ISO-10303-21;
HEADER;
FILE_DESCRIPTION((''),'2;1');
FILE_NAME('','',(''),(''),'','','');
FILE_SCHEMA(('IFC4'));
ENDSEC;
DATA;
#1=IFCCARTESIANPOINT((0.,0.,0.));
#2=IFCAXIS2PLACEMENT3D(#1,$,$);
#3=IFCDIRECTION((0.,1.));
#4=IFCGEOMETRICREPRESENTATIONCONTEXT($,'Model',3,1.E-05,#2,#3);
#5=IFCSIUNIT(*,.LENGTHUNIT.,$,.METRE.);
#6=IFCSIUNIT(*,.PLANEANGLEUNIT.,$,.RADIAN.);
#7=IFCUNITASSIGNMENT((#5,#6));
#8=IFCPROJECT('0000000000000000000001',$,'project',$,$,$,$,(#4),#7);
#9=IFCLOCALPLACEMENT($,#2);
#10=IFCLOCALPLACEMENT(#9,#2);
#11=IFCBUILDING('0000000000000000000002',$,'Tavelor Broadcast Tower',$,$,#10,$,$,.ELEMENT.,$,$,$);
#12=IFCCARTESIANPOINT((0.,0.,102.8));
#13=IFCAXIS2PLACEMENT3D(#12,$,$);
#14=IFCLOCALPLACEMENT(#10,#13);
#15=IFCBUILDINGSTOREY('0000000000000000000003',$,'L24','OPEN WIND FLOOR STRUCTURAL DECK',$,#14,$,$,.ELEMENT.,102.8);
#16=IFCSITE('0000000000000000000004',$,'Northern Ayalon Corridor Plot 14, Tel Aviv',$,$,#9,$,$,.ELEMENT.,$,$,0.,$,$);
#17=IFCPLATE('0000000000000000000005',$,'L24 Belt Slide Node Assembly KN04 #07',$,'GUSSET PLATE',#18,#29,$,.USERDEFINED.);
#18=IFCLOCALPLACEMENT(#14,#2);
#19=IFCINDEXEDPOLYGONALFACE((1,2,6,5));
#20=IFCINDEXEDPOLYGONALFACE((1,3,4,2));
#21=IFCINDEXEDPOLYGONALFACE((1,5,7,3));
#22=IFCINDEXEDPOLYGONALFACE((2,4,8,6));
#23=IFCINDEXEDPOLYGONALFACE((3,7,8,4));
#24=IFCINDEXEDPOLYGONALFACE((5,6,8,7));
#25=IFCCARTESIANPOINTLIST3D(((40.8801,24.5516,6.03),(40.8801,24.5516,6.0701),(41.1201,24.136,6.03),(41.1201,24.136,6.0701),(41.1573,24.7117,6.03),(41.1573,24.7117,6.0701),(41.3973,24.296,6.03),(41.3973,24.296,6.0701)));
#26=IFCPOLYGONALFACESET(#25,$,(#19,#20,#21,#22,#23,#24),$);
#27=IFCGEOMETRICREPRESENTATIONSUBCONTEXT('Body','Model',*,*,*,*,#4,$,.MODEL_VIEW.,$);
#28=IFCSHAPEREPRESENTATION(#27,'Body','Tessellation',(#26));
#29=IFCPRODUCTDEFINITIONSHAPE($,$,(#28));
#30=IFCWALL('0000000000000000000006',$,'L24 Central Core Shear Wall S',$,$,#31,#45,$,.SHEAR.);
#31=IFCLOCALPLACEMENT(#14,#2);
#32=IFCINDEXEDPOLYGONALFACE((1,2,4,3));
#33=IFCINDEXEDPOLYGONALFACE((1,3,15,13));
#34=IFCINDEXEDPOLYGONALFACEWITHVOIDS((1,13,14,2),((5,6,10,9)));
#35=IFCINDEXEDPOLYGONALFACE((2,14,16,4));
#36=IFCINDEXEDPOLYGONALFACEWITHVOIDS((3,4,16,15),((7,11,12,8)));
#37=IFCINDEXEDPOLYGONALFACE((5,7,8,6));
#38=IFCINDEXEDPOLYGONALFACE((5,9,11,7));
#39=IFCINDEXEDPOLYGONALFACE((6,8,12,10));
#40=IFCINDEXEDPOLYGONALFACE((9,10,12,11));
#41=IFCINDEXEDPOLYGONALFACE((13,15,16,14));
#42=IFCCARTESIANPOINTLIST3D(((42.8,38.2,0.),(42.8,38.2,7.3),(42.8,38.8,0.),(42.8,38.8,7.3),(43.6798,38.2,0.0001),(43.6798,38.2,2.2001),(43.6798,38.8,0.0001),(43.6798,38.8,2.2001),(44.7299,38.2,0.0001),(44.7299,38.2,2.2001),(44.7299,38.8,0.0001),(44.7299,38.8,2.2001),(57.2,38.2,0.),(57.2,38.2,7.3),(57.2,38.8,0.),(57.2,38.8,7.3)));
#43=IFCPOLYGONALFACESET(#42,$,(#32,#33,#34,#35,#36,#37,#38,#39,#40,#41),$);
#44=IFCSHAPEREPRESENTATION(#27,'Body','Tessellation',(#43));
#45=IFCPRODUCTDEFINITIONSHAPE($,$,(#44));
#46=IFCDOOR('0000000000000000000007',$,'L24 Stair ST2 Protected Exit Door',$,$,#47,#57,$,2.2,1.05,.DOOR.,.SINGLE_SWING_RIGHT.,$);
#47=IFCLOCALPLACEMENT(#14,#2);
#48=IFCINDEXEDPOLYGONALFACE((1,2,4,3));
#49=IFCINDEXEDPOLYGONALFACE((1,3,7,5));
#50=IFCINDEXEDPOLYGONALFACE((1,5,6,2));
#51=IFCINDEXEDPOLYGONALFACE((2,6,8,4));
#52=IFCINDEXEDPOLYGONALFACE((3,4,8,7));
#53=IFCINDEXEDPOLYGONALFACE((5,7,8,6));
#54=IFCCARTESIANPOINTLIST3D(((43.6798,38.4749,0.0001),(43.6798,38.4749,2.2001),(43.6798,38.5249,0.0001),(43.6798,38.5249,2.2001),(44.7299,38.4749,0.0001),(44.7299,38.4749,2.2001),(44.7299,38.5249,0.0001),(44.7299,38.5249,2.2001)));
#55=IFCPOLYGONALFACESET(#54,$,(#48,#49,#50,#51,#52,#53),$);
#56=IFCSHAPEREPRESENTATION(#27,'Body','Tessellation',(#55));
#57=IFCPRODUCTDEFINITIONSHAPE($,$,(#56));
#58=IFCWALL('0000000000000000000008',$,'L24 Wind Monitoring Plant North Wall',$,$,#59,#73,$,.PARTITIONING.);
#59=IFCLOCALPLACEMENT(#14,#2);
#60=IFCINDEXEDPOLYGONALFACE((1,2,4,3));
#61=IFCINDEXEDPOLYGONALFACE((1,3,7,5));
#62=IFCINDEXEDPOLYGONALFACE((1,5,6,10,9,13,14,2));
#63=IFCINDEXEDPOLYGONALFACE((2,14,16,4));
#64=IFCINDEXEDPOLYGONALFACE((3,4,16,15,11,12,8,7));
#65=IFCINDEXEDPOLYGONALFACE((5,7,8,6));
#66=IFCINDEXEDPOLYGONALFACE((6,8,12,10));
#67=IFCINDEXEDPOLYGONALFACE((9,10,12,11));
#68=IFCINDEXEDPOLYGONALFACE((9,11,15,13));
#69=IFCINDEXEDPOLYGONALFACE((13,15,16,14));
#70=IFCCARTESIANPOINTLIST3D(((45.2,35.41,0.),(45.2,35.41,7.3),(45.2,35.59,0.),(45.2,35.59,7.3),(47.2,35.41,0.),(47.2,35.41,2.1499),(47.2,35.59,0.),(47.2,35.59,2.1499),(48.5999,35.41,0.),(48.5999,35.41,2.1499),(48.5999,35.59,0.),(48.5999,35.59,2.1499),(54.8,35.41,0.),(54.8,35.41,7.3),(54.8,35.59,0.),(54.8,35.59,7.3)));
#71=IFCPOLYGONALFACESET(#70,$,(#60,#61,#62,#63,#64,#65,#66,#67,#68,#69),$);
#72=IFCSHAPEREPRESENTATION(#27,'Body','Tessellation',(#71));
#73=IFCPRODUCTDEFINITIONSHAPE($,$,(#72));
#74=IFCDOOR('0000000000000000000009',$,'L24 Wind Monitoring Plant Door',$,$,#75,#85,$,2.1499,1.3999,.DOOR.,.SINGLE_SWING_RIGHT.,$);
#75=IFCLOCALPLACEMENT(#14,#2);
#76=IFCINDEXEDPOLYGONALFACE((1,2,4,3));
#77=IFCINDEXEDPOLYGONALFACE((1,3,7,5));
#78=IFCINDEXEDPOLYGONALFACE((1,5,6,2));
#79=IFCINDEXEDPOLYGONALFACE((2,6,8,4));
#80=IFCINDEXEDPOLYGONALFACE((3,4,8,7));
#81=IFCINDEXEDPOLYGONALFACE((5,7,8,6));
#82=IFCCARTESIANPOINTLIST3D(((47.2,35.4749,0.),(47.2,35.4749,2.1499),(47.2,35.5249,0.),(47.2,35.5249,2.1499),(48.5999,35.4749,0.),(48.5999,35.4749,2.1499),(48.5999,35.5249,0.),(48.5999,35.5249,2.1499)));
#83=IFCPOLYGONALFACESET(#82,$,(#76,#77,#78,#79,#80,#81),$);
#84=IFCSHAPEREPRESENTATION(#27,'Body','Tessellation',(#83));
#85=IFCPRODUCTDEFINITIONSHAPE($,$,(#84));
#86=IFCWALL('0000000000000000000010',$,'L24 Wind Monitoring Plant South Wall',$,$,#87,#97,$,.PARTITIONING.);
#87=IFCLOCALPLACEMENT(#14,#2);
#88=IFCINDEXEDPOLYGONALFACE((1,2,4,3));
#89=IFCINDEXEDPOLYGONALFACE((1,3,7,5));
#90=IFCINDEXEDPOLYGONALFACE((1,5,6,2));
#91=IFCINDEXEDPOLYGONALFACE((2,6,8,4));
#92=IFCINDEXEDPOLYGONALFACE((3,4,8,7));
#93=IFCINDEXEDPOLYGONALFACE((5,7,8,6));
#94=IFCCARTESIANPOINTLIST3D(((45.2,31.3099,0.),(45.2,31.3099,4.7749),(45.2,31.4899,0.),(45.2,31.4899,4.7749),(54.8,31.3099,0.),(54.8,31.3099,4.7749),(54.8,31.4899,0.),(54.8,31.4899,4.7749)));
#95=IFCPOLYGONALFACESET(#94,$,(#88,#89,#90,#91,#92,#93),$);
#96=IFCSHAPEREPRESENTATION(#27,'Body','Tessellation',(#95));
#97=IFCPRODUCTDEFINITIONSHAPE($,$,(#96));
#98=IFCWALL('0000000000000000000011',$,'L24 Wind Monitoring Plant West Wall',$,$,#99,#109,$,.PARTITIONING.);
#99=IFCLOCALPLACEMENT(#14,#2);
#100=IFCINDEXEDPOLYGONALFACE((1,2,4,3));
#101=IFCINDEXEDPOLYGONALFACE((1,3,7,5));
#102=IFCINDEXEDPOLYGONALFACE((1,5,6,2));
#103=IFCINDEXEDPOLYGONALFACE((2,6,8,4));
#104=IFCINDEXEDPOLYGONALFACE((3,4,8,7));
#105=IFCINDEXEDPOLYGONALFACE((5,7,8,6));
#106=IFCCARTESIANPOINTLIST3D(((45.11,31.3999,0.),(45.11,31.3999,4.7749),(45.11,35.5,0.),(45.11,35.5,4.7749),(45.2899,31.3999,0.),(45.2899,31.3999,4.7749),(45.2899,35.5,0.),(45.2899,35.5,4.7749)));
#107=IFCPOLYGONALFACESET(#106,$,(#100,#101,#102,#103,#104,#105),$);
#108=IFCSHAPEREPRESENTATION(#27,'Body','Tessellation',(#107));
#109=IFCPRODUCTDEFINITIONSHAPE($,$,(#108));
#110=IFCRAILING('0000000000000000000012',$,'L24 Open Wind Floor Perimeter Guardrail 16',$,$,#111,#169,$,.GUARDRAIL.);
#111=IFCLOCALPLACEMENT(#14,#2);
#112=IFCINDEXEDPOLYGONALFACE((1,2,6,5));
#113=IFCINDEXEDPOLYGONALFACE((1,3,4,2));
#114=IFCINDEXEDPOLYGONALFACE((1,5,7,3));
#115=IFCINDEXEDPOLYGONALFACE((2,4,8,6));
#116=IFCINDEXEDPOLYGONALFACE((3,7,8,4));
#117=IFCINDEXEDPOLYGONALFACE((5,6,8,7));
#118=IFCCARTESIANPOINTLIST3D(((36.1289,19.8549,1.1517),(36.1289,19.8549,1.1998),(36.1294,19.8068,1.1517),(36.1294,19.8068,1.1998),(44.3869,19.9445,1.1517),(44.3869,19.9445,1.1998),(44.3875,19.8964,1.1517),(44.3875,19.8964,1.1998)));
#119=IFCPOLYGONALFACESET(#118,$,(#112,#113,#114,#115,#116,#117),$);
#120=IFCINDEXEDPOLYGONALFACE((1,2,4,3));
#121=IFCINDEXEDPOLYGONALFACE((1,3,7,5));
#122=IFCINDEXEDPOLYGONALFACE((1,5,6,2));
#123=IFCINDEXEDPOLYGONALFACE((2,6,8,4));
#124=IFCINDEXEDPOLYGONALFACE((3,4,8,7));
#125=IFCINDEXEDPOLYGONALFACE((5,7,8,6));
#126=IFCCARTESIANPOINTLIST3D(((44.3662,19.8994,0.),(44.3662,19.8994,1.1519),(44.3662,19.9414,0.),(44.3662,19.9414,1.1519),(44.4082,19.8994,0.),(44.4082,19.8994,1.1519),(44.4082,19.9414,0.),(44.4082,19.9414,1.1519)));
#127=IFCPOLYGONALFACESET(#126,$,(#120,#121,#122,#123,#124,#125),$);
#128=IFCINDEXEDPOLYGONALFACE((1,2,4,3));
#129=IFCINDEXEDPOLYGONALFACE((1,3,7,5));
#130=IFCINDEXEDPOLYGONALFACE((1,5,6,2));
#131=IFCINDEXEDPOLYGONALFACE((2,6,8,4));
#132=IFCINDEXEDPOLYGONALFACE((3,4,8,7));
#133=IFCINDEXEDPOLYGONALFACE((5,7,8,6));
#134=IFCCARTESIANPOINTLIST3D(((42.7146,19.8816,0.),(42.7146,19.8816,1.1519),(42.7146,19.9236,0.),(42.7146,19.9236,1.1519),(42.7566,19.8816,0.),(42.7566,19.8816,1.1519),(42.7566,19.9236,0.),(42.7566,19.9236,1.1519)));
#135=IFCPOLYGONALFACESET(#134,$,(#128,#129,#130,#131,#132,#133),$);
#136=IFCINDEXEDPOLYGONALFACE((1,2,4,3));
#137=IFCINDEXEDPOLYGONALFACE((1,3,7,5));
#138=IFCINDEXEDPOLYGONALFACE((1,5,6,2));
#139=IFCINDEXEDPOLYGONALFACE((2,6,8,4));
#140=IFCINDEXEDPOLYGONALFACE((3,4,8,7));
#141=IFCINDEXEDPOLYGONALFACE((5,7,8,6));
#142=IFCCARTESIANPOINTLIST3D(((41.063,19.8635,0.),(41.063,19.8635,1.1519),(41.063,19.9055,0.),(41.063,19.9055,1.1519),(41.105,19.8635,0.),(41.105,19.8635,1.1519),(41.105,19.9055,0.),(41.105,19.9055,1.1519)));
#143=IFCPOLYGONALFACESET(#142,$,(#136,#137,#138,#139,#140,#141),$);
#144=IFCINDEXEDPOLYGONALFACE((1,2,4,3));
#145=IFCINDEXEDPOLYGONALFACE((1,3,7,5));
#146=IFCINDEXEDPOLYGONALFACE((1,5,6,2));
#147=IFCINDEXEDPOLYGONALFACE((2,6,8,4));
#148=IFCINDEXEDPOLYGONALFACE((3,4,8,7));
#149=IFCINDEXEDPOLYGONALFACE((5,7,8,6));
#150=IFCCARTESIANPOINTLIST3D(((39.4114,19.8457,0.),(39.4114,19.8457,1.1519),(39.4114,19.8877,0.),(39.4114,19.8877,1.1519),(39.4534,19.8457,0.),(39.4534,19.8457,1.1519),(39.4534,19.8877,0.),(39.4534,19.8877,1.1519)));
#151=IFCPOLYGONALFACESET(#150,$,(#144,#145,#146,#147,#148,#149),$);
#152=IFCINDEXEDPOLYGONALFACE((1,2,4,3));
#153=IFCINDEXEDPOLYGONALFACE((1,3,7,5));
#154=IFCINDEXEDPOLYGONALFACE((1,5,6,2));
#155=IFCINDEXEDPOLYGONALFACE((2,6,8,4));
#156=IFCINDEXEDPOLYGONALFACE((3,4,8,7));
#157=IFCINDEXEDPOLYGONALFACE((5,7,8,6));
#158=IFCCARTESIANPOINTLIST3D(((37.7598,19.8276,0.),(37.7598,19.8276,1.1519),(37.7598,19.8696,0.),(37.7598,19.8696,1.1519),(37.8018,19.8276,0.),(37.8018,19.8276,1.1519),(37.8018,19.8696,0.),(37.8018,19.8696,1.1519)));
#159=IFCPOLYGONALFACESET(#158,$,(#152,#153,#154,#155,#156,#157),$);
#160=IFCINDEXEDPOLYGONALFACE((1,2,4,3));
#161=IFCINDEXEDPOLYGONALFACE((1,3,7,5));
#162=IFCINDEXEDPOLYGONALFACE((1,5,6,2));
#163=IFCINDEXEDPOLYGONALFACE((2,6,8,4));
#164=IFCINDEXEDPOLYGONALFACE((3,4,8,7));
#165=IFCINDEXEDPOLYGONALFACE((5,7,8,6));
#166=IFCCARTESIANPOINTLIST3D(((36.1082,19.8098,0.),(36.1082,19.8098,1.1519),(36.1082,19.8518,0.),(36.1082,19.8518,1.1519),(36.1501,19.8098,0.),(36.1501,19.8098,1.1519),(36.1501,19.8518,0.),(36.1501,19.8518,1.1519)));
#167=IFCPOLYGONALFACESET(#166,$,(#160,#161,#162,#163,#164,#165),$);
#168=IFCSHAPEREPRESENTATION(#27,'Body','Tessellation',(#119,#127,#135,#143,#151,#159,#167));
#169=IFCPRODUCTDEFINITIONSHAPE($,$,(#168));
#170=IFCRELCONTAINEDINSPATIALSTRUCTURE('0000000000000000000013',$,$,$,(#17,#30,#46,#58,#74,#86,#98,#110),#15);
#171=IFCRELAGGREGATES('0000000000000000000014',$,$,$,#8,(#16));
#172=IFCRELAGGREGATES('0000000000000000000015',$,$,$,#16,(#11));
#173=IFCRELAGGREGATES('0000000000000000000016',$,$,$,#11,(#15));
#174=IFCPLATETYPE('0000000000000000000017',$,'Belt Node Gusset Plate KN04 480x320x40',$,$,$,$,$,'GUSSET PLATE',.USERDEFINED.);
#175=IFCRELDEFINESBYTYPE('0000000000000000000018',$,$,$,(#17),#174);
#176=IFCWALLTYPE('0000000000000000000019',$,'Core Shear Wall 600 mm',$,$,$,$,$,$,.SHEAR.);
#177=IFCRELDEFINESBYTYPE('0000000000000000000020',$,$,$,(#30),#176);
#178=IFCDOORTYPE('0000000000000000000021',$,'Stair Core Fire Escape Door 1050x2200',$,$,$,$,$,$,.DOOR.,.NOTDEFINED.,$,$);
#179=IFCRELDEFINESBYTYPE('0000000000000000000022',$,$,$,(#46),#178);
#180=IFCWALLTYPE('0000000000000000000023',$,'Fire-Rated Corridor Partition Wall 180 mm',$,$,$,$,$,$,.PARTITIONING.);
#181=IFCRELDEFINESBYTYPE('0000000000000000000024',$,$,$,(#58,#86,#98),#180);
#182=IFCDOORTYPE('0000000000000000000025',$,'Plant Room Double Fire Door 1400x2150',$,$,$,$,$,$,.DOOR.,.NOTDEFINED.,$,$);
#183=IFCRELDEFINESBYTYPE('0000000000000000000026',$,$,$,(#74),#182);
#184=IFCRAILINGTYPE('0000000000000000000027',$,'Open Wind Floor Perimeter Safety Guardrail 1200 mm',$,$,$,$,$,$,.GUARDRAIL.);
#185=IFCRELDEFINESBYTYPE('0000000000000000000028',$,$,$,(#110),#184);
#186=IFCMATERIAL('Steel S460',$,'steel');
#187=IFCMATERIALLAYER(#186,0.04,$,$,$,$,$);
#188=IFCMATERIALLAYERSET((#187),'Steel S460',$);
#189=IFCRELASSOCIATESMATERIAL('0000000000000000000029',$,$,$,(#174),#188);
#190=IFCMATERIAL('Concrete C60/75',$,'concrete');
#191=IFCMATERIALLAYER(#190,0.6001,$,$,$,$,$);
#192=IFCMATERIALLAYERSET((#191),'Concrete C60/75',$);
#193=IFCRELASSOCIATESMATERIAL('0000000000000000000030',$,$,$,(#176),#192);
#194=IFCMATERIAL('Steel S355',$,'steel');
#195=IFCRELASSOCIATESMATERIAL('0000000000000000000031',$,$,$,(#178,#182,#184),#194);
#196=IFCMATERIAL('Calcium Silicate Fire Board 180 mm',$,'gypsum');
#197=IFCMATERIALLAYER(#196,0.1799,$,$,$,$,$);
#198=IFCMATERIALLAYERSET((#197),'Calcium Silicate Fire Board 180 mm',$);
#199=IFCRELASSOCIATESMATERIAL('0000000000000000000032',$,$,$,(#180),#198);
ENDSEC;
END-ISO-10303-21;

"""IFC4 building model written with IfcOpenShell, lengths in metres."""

from ifc_helpers import new_model, si_unit, direction, frame, frame_2d, origin, origin_2d, place, context, subcontext, project, spatial, rectangle, extrude, source, transform, mapped, material, layer, layer_set, type_object, type_shapes, element, fill, save


model = new_model("IFC4")

# Units and contexts
model_context = context("Model", 3, precision=1e-05, world=origin(), true_north=direction((0.0, 1.0)))
body_context = subcontext(model_context, "Body", "Model", "MODEL_VIEW")
ifc_project = project(units=[si_unit("LENGTHUNIT", "METRE"), si_unit("PLANEANGLEUNIT", "RADIAN")], contexts=[model_context])

# Site, building, storey
site_placement = place(None, origin())
site = spatial("IfcSite", under=ifc_project, at=site_placement, Name="Northern Ayalon Corridor Plot 14, Tel Aviv", CompositionType="ELEMENT", RefElevation=0.0)
building_placement = place(site_placement, origin())
building = spatial("IfcBuilding", under=site, at=building_placement, Name="Tavelor Broadcast Tower", CompositionType="ELEMENT")
storey_placement = place(building_placement, frame((0.0, 0.0, 102.8)))
storey = spatial("IfcBuildingStorey", under=building, at=storey_placement, Name="L24", Description="OPEN WIND FLOOR STRUCTURAL DECK", CompositionType="ELEMENT", Elevation=102.8)

# Shared definitions
ifc_material_1 = material(Name="Steel S460", Category="steel")

# Plate
ifc_layer_1 = layer(ifc_material_1, 0.04)
ifc_layer_set_1 = layer_set([ifc_layer_1], Name="Steel S460")
plate_type_1 = type_object("IfcPlateType", Name="Belt Node Gusset Plate KN04 480x320x40", ElementType="GUSSET PLATE", PredefinedType="USERDEFINED", material=ifc_layer_set_1)
shared_shape_1 = source(origin(), body_context, "Body", "SweptSolid", [
    extrude(rectangle(XDim=0.48, YDim=0.3201, at=origin_2d()), origin(), (0.0, 0.0, 1.0), 0.04),
])
type_shapes(plate_type_1, [shared_shape_1])
plate_placement = place(storey_placement, frame((41.1387, 24.4238, 6.03), z_axis=(0.0, 0.0, 1.0), x_axis=(-0.5, 0.866025, 0.0)))
element("IfcPlate", 1, at=plate_placement, inside=storey, type_object=plate_type_1, Name="L24 Belt Slide Node Assembly KN04 #07", ObjectType="GUSSET PLATE", PredefinedType="USERDEFINED", context=body_context, shape_type="MappedRepresentation", body=[
    mapped(shared_shape_1, transform((0.0, 0.0, 0.0), scale=1.0)),
])

# Walls, openings, doors
ifc_material_2 = material(Name="Concrete C60/75", Category="concrete")
ifc_layer_2 = layer(ifc_material_2, 0.6001)
ifc_layer_set_2 = layer_set([ifc_layer_2], Name="Concrete C60/75")
wall_type_1 = type_object("IfcWallType", Name="Core Shear Wall 600 mm", PredefinedType="SHEAR", material=ifc_layer_set_2)
wall_1_placement = place(storey_placement, frame((42.8, 38.5, 0.0), z_axis=(0.0, 0.0, 1.0), x_axis=(1.0, 0.0, 0.0)))
wall_1 = element("IfcWall", 2, at=wall_1_placement, inside=storey, type_object=wall_type_1, Name="L24 Central Core Shear Wall S", PredefinedType="SHEAR", context=body_context, shape_type="SweptSolid", body=[
    extrude(rectangle(XDim=14.3999, YDim=0.6001, at=frame_2d((7.2, 0.0))), origin(), (0.0, 0.0, 1.0), 7.3),
])
opening_1_placement = place(wall_1_placement, frame((0.8799, 0.0, 0.0)))
opening_1 = element("IfcOpeningElement", 3, at=opening_1_placement, cuts=wall_1, PredefinedType="OPENING", context=body_context, shape_type="SweptSolid", body=[
    extrude(rectangle(XDim=1.05, YDim=2.2, at=frame_2d((0.5249, 1.1001))), frame((0.0, 0.3101, 0.0), z_axis=(0.0, -1.0, 0.0), x_axis=(1.0, 0.0, 0.0)), (0.0, 0.0, 1.0), 0.6201),
])
ifc_material_3 = material(Name="Steel S355", Category="steel")
door_type_1 = type_object("IfcDoorType", Name="Stair Core Fire Escape Door 1050x2200", OperationType="NOTDEFINED", PredefinedType="DOOR", material=ifc_material_3)
door_1_placement = place(opening_1_placement, origin())
door_1 = element("IfcDoor", 4, at=door_1_placement, inside=storey, type_object=door_type_1, Name="L24 Stair ST2 Protected Exit Door", OperationType="SINGLE_SWING_RIGHT", OverallHeight=2.2, OverallWidth=1.05, PredefinedType="DOOR", context=body_context, shape_type="SweptSolid", body=[
    extrude(rectangle(XDim=1.05, YDim=2.2, at=frame_2d((0.5249, 1.1001))), frame((0.0, 0.0249, 0.0), z_axis=(0.0, -1.0, 0.0), x_axis=(1.0, 0.0, 0.0)), (0.0, 0.0, 1.0), 0.05),
])
fill(opening_1, door_1)
ifc_material_4 = material(Name="Calcium Silicate Fire Board 180 mm", Category="gypsum")
ifc_layer_3 = layer(ifc_material_4, 0.1799)
ifc_layer_set_3 = layer_set([ifc_layer_3], Name="Calcium Silicate Fire Board 180 mm")
wall_type_2 = type_object("IfcWallType", Name="Fire-Rated Corridor Partition Wall 180 mm", PredefinedType="PARTITIONING", material=ifc_layer_set_3)
wall_2_placement = place(storey_placement, frame((45.2, 35.5, 0.0), z_axis=(0.0, 0.0, 1.0), x_axis=(1.0, 0.0, 0.0)))
wall_2 = element("IfcWall", 5, at=wall_2_placement, inside=storey, type_object=wall_type_2, Name="L24 Wind Monitoring Plant North Wall", PredefinedType="PARTITIONING", context=body_context, shape_type="SweptSolid", body=[
    extrude(rectangle(XDim=9.6001, YDim=0.1799, at=frame_2d((4.8, 0.0))), origin(), (0.0, 0.0, 1.0), 7.3),
])
opening_2_placement = place(wall_2_placement, frame((2.0, 0.0, 0.0)))
opening_2 = element("IfcOpeningElement", 6, at=opening_2_placement, cuts=wall_2, PredefinedType="OPENING", context=body_context, shape_type="SweptSolid", body=[
    extrude(rectangle(XDim=1.3999, YDim=2.1499, at=frame_2d((0.7, 1.075))), frame((0.0, 0.1001, 0.0), z_axis=(0.0, -1.0, 0.0), x_axis=(1.0, 0.0, 0.0)), (0.0, 0.0, 1.0), 0.2),
])
door_type_2 = type_object("IfcDoorType", Name="Plant Room Double Fire Door 1400x2150", OperationType="NOTDEFINED", PredefinedType="DOOR", material=ifc_material_3)
door_2_placement = place(opening_2_placement, origin())
door_2 = element("IfcDoor", 7, at=door_2_placement, inside=storey, type_object=door_type_2, Name="L24 Wind Monitoring Plant Door", OperationType="SINGLE_SWING_RIGHT", OverallHeight=2.1499, OverallWidth=1.3999, PredefinedType="DOOR", context=body_context, shape_type="SweptSolid", body=[
    extrude(rectangle(XDim=1.3999, YDim=2.1499, at=frame_2d((0.7, 1.075))), frame((0.0, 0.0249, 0.0), z_axis=(0.0, -1.0, 0.0), x_axis=(1.0, 0.0, 0.0)), (0.0, 0.0, 1.0), 0.05),
])
fill(opening_2, door_2)

# Walls
wall_3_placement = place(storey_placement, frame((45.2, 31.3999, 0.0), z_axis=(0.0, 0.0, 1.0), x_axis=(1.0, 0.0, 0.0)))
element("IfcWall", 8, at=wall_3_placement, inside=storey, type_object=wall_type_2, Name="L24 Wind Monitoring Plant South Wall", PredefinedType="PARTITIONING", context=body_context, shape_type="SweptSolid", body=[
    extrude(rectangle(XDim=9.6001, YDim=0.1799, at=frame_2d((4.8, 0.0))), origin(), (0.0, 0.0, 1.0), 4.7749),
])
wall_4_placement = place(storey_placement, frame((45.2, 31.3999, 0.0), z_axis=(0.0, 0.0, 1.0), x_axis=(0.0, 1.0, 0.0)))
element("IfcWall", 9, at=wall_4_placement, inside=storey, type_object=wall_type_2, Name="L24 Wind Monitoring Plant West Wall", PredefinedType="PARTITIONING", context=body_context, shape_type="SweptSolid", body=[
    extrude(rectangle(XDim=4.1001, YDim=0.1799, at=frame_2d((2.05, 0.0))), origin(), (0.0, 0.0, 1.0), 4.7749),
])

# Railing
railing_type = type_object("IfcRailingType", Name="Open Wind Floor Perimeter Safety Guardrail 1200 mm", PredefinedType="GUARDRAIL", material=ifc_material_3)
railing_placement = place(storey_placement, frame((44.3872, 19.9204, 0.0)))
element("IfcRailing", 10, at=railing_placement, inside=storey, type_object=railing_type, Name="L24 Open Wind Floor Perimeter Guardrail 16", PredefinedType="GUARDRAIL", context=body_context, shape_type="SweptSolid", body=[
    extrude(rectangle(XDim=0.0481, YDim=0.0481, at=origin_2d()), frame((0.0, 0.0, 1.1758), z_axis=(-0.999941, -0.010849, 0.0), x_axis=(0.010849, -0.999941, 0.0)), (0.0, 0.0, 1.0), 8.2585),
    extrude(rectangle(XDim=0.042, YDim=0.042, at=origin_2d()), origin(), (0.0, 0.0, 1.0), 1.1519),
    extrude(rectangle(XDim=0.042, YDim=0.042, at=origin_2d()), frame((-1.6516, -0.0178, 0.0)), (0.0, 0.0, 1.0), 1.1519),
    extrude(rectangle(XDim=0.042, YDim=0.042, at=origin_2d()), frame((-3.3032, -0.0359, 0.0)), (0.0, 0.0, 1.0), 1.1519),
    extrude(rectangle(XDim=0.042, YDim=0.042, at=origin_2d()), frame((-4.9548, -0.0537, 0.0)), (0.0, 0.0, 1.0), 1.1519),
    extrude(rectangle(XDim=0.042, YDim=0.042, at=origin_2d()), frame((-6.6064, -0.0718, 0.0)), (0.0, 0.0, 1.0), 1.1519),
    extrude(rectangle(XDim=0.042, YDim=0.042, at=origin_2d()), frame((-8.2581, -0.0896, 0.0)), (0.0, 0.0, 1.0), 1.1519),
])

save(model, "model.ifc")
